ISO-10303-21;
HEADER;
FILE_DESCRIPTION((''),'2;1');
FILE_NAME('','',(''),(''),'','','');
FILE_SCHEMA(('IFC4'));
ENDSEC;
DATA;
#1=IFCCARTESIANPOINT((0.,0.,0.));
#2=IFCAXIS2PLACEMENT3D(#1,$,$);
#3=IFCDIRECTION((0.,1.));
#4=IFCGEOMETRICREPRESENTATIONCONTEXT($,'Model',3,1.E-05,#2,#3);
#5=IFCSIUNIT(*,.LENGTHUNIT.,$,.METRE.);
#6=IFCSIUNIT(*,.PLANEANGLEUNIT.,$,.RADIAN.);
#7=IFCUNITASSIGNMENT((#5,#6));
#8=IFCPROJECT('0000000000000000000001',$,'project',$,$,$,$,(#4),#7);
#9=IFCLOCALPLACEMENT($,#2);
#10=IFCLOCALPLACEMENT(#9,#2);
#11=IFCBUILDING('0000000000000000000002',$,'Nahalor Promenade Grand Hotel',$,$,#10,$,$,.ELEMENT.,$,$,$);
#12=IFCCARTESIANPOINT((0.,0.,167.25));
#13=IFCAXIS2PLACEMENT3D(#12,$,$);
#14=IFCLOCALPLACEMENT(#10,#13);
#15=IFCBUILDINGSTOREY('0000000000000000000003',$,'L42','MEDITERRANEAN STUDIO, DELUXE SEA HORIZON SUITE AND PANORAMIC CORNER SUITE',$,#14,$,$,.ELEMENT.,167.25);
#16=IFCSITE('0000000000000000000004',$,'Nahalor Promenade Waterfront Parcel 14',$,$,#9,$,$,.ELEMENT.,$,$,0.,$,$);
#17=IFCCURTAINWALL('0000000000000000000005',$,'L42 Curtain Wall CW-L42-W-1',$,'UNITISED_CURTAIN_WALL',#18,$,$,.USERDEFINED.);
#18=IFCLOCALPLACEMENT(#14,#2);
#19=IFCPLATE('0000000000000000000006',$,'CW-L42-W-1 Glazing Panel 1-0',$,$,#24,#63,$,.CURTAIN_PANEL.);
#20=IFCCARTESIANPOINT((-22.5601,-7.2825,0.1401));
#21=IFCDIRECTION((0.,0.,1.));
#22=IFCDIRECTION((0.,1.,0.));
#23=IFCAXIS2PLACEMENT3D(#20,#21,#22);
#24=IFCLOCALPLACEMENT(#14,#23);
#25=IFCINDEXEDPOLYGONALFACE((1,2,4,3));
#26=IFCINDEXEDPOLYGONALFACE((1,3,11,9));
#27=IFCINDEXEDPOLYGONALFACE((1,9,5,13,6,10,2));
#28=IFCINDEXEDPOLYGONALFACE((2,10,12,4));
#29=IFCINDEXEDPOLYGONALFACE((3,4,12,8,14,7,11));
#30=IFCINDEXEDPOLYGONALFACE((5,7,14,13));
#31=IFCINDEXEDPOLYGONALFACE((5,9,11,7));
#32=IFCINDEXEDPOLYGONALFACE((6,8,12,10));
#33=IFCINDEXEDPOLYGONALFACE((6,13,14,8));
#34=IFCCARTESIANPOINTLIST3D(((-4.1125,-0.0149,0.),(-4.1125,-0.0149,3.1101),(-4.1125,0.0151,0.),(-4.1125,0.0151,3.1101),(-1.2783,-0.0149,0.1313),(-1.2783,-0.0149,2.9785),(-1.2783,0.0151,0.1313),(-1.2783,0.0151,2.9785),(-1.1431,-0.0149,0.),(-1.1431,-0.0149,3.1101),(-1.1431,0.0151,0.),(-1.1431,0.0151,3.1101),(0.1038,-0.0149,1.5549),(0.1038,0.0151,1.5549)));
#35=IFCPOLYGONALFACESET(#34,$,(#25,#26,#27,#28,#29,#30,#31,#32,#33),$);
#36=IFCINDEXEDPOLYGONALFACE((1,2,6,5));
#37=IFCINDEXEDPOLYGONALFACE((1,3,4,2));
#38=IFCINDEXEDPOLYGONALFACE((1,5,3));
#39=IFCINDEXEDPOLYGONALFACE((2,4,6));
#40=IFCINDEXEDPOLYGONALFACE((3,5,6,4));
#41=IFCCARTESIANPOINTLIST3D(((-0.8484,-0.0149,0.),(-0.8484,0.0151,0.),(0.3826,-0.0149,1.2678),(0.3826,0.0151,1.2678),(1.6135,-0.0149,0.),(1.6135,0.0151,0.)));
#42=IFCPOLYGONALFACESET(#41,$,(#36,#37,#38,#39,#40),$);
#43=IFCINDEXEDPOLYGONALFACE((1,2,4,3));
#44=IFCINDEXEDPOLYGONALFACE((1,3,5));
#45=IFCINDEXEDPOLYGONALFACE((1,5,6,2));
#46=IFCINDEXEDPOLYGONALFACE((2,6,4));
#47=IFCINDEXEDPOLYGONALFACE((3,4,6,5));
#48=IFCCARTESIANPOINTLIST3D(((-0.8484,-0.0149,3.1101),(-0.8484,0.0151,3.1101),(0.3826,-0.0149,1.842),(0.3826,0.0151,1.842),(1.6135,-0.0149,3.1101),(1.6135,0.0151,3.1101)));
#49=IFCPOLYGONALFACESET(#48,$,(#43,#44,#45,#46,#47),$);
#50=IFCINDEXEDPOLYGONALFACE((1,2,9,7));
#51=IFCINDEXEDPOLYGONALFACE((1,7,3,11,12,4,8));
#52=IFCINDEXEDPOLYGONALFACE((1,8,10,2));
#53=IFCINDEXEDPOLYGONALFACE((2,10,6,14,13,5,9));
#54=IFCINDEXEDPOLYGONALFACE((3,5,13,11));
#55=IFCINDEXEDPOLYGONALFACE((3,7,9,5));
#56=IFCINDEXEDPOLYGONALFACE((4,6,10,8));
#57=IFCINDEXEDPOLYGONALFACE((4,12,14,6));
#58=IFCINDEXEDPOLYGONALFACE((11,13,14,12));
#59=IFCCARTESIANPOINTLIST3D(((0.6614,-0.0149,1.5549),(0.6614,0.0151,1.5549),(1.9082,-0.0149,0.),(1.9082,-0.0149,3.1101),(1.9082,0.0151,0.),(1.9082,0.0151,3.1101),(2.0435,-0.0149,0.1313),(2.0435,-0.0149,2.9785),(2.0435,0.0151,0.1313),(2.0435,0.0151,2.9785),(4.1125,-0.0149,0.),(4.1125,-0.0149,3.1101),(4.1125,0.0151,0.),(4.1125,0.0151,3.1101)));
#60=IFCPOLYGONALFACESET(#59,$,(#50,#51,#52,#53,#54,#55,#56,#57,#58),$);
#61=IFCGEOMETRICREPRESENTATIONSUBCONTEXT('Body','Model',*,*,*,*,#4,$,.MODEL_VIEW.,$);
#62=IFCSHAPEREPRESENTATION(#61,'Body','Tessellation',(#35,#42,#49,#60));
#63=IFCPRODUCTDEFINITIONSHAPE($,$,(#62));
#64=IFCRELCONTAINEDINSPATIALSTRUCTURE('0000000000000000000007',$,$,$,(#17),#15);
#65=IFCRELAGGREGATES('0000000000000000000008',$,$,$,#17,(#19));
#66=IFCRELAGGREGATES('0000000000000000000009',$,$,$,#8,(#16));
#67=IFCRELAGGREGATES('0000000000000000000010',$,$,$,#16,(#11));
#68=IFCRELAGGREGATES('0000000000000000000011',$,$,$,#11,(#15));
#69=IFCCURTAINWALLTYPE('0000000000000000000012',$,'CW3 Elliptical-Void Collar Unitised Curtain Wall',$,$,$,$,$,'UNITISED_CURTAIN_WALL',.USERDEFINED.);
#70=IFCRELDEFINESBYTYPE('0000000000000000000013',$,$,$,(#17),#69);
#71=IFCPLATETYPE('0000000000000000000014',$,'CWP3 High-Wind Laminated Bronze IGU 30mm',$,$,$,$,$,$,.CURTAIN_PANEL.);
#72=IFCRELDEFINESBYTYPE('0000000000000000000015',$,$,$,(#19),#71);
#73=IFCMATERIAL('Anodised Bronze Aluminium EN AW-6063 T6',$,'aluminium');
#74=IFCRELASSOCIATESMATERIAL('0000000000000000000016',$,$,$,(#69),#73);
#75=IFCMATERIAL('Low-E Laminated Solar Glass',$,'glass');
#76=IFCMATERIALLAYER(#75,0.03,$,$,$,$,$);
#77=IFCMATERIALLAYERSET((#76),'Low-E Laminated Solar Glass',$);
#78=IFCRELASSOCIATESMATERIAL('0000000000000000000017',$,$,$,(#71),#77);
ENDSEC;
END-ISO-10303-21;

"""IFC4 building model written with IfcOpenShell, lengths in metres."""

from ifc_helpers import new_model, si_unit, direction, frame, origin, place, context, subcontext, project, spatial, polyline, outline, extrude, material, layer, layer_set, type_object, element, aggregate, save


model = new_model("IFC4")

# Units and contexts
model_context = context("Model", 3, precision=1e-05, world=origin(), true_north=direction((0.0, 1.0)))
body_context = subcontext(model_context, "Body", "Model", "MODEL_VIEW")
ifc_project = project(units=[si_unit("LENGTHUNIT", "METRE"), si_unit("PLANEANGLEUNIT", "RADIAN")], contexts=[model_context])

# Site, building, storey
site_placement = place(None, origin())
site = spatial("IfcSite", under=ifc_project, at=site_placement, Name="Nahalor Promenade Waterfront Parcel 14", CompositionType="ELEMENT", RefElevation=0.0)
building_placement = place(site_placement, origin())
building = spatial("IfcBuilding", under=site, at=building_placement, Name="Nahalor Promenade Grand Hotel", CompositionType="ELEMENT")
storey_placement = place(building_placement, frame((0.0, 0.0, 167.25)))
storey = spatial("IfcBuildingStorey", under=building, at=storey_placement, Name="L42", Description="MEDITERRANEAN STUDIO, DELUXE SEA HORIZON SUITE AND PANORAMIC CORNER SUITE", CompositionType="ELEMENT", Elevation=167.25)

# Curtain wall
ifc_material_1 = material(Name="Anodised Bronze Aluminium EN AW-6063 T6", Category="aluminium")
curtain_wall_type = type_object("IfcCurtainWallType", Name="CW3 Elliptical-Void Collar Unitised Curtain Wall", ElementType="UNITISED_CURTAIN_WALL", PredefinedType="USERDEFINED", material=ifc_material_1)
curtain_wall_1_placement = place(storey_placement, origin())
curtain_wall_1 = element("IfcCurtainWall", 1, at=curtain_wall_1_placement, inside=storey, type_object=curtain_wall_type, Name="L42 Curtain Wall CW-L42-W-1", ObjectType="UNITISED_CURTAIN_WALL", PredefinedType="USERDEFINED")

# Plate
ifc_material_2 = material(Name="Low-E Laminated Solar Glass", Category="glass")
ifc_layer_1 = layer(ifc_material_2, 0.03)
ifc_layer_set_1 = layer_set([ifc_layer_1], Name="Low-E Laminated Solar Glass")
plate_type_1 = type_object("IfcPlateType", Name="CWP3 High-Wind Laminated Bronze IGU 30mm", PredefinedType="CURTAIN_PANEL", material=ifc_layer_set_1)
plate_1_placement = place(storey_placement, frame((-22.5601, -7.2825, 0.1401), z_axis=(0.0, 0.0, 1.0), x_axis=(0.0, 1.0, 0.0)))
plate_1 = element("IfcPlate", 2, at=plate_1_placement, type_object=plate_type_1, Name="CW-L42-W-1 Glazing Panel 1-0", PredefinedType="CURTAIN_PANEL", context=body_context, shape_type="SweptSolid", body=[
    extrude(outline(polyline([(-4.1125, 3.1101), (-4.1125, 0.0), (-1.1431, 0.0), (-1.2783, 0.1313), (0.1038, 1.5549), (-1.2783, 2.9785), (-1.1431, 3.1101), (-4.1125, 3.1101)])), frame((0.0, 0.0151, 0.0), z_axis=(0.0, -1.0, 0.0), x_axis=(1.0, 0.0, 0.0)), (0.0, 0.0, 1.0), 0.03),
    extrude(outline(polyline([(0.3826, 1.2678), (-0.8484, 0.0), (1.6135, 0.0), (0.3826, 1.2678)])), frame((0.0, 0.0151, 0.0), z_axis=(0.0, -1.0, 0.0), x_axis=(1.0, 0.0, 0.0)), (0.0, 0.0, 1.0), 0.03),
    extrude(outline(polyline([(0.3826, 1.842), (1.6135, 3.1101), (-0.8484, 3.1101), (0.3826, 1.842)])), frame((0.0, 0.0151, 0.0), z_axis=(0.0, -1.0, 0.0), x_axis=(1.0, 0.0, 0.0)), (0.0, 0.0, 1.0), 0.03),
    extrude(outline(polyline([(4.1125, 0.0), (4.1125, 3.1101), (1.9082, 3.1101), (2.0435, 2.9785), (0.6614, 1.5549), (2.0435, 0.1313), (1.9082, 0.0), (4.1125, 0.0)])), frame((0.0, 0.0151, 0.0), z_axis=(0.0, -1.0, 0.0), x_axis=(1.0, 0.0, 0.0)), (0.0, 0.0, 1.0), 0.03),
])
aggregate(curtain_wall_1, [plate_1])

save(model, "model.ifc")
